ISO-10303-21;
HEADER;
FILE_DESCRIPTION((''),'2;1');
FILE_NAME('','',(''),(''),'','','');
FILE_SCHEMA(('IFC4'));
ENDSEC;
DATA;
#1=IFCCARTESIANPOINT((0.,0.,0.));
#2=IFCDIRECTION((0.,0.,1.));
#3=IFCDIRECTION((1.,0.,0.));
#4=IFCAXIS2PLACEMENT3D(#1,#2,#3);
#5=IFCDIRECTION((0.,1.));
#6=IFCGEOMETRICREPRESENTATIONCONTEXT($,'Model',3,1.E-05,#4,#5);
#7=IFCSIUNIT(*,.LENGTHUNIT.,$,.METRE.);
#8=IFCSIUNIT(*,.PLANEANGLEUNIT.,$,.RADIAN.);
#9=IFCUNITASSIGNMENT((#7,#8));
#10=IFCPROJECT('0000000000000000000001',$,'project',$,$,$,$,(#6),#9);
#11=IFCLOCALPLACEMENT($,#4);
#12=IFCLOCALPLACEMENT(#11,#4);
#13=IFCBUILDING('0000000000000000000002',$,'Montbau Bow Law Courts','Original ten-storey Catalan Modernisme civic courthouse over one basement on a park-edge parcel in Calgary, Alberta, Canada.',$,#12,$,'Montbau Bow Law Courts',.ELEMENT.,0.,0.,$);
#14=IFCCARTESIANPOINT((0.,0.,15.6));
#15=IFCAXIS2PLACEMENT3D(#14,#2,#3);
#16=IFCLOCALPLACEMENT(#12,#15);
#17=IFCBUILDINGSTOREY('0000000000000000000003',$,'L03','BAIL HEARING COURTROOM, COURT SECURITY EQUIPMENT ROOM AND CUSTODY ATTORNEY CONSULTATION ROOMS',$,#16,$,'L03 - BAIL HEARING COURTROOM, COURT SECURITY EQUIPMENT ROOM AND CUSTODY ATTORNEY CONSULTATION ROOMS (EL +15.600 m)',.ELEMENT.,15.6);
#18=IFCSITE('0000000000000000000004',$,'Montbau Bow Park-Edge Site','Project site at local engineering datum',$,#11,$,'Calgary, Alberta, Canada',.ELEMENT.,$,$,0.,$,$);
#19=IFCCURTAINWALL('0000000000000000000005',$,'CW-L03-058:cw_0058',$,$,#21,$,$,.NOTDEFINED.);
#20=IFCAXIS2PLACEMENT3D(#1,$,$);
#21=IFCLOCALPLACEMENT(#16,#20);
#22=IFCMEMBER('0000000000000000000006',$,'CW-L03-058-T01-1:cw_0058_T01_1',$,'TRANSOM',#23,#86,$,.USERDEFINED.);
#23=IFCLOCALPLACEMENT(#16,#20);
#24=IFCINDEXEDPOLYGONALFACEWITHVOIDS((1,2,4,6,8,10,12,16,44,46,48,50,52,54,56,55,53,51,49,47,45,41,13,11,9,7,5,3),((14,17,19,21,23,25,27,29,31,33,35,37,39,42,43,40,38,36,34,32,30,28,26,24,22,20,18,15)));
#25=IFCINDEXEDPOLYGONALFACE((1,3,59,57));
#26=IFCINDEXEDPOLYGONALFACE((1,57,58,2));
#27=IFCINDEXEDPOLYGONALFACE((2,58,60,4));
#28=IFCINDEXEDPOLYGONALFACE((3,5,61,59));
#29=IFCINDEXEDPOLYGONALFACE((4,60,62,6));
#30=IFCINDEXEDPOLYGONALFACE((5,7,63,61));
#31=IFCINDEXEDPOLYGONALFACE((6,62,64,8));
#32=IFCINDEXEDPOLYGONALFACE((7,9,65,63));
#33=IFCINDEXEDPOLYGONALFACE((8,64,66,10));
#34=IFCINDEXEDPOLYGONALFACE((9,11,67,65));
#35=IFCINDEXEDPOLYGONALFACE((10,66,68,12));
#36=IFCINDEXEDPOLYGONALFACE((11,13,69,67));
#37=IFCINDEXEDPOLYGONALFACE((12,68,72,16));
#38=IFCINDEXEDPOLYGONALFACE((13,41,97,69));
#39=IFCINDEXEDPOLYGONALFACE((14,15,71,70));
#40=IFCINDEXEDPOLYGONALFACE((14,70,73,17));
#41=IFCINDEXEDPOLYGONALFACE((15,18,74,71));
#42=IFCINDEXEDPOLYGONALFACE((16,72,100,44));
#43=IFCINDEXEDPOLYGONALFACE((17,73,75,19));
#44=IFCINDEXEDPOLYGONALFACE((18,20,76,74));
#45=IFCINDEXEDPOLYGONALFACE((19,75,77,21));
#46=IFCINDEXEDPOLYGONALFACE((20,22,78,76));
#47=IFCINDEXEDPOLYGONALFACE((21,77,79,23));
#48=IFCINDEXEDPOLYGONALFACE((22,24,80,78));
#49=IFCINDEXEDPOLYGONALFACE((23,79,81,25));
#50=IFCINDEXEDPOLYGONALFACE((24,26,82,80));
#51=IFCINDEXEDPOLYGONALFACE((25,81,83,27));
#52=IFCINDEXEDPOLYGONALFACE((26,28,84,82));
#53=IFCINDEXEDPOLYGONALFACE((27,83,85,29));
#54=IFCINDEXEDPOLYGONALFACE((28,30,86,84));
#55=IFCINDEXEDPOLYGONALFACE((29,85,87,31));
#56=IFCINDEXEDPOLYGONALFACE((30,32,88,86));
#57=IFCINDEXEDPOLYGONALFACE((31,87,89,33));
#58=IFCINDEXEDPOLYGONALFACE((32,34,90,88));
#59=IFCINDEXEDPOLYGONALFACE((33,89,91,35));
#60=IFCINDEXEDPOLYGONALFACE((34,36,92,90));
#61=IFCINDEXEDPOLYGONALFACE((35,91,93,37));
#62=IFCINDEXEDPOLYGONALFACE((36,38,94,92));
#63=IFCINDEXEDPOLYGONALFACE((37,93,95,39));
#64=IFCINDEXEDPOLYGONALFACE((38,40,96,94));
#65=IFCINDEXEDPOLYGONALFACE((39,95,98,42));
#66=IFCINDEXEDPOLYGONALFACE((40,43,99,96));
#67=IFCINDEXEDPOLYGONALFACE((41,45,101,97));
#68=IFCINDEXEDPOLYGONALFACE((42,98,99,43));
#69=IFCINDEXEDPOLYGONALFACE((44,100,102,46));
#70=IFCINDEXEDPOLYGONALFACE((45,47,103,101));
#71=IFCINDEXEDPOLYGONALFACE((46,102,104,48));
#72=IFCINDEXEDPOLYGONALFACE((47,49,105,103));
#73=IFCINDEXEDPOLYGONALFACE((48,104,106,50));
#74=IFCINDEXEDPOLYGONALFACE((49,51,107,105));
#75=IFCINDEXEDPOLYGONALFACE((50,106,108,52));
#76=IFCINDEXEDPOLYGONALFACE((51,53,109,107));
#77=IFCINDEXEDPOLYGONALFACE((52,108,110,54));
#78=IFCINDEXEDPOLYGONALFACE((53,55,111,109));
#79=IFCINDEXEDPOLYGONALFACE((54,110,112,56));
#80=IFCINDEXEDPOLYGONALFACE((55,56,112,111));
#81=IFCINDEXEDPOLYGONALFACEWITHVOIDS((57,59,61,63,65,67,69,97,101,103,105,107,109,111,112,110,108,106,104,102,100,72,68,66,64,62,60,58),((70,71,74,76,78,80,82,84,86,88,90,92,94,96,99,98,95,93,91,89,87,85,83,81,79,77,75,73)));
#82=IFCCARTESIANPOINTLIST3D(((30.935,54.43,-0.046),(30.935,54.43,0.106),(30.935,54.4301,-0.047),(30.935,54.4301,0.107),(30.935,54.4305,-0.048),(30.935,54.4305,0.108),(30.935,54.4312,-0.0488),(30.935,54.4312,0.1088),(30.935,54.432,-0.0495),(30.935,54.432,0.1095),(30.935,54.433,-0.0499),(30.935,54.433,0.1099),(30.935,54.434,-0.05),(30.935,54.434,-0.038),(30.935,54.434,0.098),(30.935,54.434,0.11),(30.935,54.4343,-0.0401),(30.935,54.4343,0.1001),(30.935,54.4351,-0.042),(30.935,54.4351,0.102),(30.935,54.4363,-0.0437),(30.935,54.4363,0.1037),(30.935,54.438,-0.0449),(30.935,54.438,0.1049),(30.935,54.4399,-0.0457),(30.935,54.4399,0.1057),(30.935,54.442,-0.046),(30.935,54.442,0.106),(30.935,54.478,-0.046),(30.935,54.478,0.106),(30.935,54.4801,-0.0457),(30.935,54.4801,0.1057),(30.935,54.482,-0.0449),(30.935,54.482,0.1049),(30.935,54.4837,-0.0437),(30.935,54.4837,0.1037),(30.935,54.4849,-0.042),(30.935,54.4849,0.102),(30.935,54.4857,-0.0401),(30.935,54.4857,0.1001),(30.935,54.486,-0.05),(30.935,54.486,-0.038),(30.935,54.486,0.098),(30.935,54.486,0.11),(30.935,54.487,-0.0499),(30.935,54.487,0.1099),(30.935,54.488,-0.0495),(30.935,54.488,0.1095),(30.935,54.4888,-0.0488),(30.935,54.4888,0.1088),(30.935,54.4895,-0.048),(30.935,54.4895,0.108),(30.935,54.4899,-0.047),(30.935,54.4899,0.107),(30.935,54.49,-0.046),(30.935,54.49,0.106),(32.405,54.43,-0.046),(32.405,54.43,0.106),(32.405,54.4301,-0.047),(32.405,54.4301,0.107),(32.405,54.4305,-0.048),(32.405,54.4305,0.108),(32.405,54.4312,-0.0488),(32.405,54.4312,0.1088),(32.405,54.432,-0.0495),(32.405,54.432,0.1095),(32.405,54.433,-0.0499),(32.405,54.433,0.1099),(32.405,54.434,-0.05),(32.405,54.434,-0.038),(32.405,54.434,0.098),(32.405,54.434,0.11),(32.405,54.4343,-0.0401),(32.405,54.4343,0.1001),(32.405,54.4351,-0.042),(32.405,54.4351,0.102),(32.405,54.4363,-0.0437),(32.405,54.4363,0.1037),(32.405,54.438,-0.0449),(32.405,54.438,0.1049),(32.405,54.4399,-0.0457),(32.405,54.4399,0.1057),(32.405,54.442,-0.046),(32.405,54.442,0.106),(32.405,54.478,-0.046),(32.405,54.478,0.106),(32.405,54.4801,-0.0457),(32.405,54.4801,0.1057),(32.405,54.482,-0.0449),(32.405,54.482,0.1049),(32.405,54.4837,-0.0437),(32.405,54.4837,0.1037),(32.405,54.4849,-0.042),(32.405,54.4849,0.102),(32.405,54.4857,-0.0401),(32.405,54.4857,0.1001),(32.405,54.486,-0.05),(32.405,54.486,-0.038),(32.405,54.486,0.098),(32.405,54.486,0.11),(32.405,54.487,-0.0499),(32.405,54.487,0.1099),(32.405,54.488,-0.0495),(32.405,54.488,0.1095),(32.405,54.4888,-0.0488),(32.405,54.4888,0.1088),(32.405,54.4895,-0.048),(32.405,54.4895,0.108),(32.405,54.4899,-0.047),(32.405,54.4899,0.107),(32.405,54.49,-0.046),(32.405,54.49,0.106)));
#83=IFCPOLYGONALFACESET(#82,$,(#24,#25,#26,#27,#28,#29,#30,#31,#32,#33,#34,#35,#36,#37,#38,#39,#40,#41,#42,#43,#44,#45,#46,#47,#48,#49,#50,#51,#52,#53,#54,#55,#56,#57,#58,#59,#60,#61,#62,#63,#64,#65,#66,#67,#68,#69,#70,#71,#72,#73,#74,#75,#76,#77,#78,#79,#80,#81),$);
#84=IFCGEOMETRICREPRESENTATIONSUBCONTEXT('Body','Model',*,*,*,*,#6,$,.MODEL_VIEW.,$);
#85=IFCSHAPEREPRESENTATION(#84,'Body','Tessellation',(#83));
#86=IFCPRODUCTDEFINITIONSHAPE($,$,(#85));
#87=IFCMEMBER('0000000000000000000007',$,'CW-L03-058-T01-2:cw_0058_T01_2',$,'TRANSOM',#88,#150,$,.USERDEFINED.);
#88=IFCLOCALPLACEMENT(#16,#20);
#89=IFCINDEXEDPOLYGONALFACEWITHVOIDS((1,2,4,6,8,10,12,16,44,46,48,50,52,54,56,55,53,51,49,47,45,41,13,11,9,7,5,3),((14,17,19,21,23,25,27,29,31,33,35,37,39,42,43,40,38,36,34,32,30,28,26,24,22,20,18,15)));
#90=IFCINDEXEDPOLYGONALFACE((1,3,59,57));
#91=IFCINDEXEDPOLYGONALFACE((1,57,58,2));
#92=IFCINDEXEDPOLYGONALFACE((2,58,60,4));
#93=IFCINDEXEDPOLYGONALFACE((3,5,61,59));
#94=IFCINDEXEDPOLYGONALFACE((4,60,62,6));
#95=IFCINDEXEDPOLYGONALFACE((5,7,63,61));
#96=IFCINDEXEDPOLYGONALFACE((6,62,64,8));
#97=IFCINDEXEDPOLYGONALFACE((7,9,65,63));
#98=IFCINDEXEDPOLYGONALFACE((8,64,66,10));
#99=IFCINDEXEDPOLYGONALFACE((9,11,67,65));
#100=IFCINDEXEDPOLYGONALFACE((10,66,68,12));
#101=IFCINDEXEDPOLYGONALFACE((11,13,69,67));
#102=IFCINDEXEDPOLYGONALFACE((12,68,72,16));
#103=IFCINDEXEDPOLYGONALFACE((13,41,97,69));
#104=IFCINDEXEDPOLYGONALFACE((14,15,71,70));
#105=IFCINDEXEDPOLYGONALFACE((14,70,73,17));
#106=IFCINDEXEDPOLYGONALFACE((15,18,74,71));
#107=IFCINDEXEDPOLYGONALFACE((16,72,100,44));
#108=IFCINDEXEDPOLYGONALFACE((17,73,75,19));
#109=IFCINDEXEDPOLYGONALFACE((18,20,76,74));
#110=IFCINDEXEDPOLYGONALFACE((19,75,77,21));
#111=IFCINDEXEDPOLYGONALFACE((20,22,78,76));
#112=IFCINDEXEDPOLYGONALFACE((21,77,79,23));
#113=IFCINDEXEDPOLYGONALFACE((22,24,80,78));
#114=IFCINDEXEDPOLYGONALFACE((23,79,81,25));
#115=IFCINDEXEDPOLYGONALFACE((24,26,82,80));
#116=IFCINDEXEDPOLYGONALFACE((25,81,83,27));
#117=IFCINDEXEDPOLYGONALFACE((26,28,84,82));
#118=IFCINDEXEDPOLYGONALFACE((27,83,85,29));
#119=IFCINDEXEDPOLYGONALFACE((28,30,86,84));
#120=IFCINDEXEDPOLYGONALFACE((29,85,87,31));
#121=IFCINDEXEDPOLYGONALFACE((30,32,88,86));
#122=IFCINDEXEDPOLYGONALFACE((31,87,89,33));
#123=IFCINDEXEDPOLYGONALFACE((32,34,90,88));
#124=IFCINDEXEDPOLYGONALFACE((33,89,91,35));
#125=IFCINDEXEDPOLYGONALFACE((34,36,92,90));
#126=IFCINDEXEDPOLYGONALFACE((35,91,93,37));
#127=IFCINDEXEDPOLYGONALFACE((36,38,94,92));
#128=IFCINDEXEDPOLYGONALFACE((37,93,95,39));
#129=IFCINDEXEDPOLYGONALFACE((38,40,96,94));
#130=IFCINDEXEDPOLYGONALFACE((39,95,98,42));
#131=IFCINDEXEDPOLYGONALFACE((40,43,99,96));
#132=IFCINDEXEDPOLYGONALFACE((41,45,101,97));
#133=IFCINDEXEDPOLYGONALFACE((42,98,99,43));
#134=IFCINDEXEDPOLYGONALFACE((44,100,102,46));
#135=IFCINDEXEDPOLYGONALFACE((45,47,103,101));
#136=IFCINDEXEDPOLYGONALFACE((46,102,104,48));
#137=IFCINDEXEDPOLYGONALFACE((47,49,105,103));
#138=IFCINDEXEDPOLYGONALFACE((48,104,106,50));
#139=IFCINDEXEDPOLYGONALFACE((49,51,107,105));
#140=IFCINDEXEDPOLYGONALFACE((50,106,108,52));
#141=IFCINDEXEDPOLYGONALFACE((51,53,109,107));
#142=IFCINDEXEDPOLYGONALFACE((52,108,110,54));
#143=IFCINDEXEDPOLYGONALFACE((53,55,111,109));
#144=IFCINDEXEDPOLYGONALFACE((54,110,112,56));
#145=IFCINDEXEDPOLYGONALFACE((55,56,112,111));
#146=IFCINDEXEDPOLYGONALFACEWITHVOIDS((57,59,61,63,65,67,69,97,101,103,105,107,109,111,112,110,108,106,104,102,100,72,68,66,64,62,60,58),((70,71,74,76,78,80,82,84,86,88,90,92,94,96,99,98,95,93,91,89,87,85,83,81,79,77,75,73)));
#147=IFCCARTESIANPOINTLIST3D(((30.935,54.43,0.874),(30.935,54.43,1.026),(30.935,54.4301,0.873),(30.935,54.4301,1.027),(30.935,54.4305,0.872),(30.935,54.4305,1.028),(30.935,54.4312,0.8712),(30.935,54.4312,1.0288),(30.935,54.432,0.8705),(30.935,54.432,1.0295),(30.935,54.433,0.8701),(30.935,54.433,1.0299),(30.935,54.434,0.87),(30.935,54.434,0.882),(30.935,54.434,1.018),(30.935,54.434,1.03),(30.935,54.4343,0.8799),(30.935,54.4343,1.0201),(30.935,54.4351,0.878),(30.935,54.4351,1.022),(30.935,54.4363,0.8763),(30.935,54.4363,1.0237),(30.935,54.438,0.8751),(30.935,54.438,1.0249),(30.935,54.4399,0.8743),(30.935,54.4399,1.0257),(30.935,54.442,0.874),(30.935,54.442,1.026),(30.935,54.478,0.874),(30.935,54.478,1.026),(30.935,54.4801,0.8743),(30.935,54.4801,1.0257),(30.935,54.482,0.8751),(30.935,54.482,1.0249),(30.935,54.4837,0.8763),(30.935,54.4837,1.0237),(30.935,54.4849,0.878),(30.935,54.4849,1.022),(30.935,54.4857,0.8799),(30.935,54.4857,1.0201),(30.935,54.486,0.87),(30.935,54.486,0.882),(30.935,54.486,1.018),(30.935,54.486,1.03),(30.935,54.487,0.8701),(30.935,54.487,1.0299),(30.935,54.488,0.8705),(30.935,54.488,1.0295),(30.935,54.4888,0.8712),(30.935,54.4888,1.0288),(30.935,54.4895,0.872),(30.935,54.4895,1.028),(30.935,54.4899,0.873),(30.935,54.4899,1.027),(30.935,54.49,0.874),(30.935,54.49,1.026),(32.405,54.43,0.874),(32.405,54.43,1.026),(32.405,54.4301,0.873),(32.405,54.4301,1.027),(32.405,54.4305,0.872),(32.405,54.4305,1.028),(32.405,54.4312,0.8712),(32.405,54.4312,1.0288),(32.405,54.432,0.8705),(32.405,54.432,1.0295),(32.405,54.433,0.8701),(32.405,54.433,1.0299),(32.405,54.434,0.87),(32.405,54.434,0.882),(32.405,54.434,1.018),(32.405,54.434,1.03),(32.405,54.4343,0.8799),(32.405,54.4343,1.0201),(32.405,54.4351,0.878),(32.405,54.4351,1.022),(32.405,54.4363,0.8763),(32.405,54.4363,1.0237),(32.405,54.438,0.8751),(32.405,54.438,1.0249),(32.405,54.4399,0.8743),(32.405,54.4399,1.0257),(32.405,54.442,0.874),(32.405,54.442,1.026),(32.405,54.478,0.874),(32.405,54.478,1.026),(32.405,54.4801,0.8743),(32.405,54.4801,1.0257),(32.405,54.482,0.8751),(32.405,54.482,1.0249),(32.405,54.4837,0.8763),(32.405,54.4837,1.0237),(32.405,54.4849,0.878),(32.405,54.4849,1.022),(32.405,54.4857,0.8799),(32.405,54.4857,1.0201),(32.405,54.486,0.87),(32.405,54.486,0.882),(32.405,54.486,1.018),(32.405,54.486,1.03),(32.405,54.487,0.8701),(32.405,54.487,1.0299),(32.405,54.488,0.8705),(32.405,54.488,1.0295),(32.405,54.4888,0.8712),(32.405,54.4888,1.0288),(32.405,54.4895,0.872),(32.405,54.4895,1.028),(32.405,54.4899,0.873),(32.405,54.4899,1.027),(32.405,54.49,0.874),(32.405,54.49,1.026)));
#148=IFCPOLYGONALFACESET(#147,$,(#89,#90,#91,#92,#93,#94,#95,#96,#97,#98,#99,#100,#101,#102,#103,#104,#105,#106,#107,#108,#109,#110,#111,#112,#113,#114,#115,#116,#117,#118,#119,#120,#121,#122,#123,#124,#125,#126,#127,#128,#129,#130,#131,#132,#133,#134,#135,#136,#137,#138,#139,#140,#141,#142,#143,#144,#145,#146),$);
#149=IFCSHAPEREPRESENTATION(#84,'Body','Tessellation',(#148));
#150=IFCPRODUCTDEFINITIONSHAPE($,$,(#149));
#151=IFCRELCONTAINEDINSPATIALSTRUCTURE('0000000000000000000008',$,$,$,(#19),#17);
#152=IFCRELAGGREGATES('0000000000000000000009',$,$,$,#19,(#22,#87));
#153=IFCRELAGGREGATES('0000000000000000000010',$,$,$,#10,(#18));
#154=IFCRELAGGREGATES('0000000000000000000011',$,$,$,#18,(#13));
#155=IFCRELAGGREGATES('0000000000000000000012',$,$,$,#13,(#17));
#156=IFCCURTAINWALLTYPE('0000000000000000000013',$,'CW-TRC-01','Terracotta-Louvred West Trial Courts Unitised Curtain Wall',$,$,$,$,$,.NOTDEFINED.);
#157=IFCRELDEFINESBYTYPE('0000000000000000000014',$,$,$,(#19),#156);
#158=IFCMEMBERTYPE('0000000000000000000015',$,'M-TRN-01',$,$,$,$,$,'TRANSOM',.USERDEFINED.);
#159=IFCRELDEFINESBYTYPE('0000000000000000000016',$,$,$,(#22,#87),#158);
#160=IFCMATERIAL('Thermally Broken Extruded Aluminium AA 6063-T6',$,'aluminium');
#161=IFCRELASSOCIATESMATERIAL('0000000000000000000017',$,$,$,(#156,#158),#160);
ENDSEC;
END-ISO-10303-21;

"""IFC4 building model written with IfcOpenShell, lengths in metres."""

from ifc_helpers import new_model, si_unit, direction, frame, origin_with_axes, origin_2d_with_axis, place, context, subcontext, project, spatial, hollow_rectangle, extrude, material, material_profile, profile_set, type_object, element, aggregate, save


model = new_model("IFC4")

# Units and contexts
model_context = context("Model", 3, precision=1e-05, world=origin_with_axes(), true_north=direction((0.0, 1.0)))
body_context = subcontext(model_context, "Body", "Model", "MODEL_VIEW")
ifc_project = project(units=[si_unit("LENGTHUNIT", "METRE"), si_unit("PLANEANGLEUNIT", "RADIAN")], contexts=[model_context])

# Site, building, storey
site_placement = place(None, origin_with_axes())
site = spatial("IfcSite", under=ifc_project, at=site_placement, Name="Montbau Bow Park-Edge Site", Description="Project site at local engineering datum", LongName="Calgary, Alberta, Canada", CompositionType="ELEMENT", RefElevation=0.0)
building_placement = place(site_placement, origin_with_axes())
building = spatial("IfcBuilding", under=site, at=building_placement, Name="Montbau Bow Law Courts", Description="Original ten-storey Catalan Modernisme civic courthouse over one basement on a park-edge parcel in Calgary, Alberta, Canada.", LongName="Montbau Bow Law Courts", CompositionType="ELEMENT", ElevationOfRefHeight=0.0, ElevationOfTerrain=0.0)
storey_placement = place(building_placement, frame((0.0, 0.0, 15.6), z_axis=(0.0, 0.0, 1.0), x_axis=(1.0, 0.0, 0.0)))
storey = spatial("IfcBuildingStorey", under=building, at=storey_placement, Name="L03", Description="BAIL HEARING COURTROOM, COURT SECURITY EQUIPMENT ROOM AND CUSTODY ATTORNEY CONSULTATION ROOMS", LongName="L03 - BAIL HEARING COURTROOM, COURT SECURITY EQUIPMENT ROOM AND CUSTODY ATTORNEY CONSULTATION ROOMS (EL +15.600 m)", CompositionType="ELEMENT", Elevation=15.6)

# Curtain wall, members
ifc_material_1 = material(Name="Thermally Broken Extruded Aluminium AA 6063-T6", Category="aluminium")
curtain_wall_type = type_object("IfcCurtainWallType", Name="CW-TRC-01", Description="Terracotta-Louvred West Trial Courts Unitised Curtain Wall", PredefinedType="NOTDEFINED", material=ifc_material_1)
curtain_wall_placement = place(None, frame((30.867, 54.46, 15.6), z_axis=(0.0, 0.0, 1.0), x_axis=(1.0, 0.0, 0.0)))
curtain_wall = element("IfcCurtainWall", 1, at=curtain_wall_placement, inside=storey, type_object=curtain_wall_type, Name="CW-L03-058:cw_0058", PredefinedType="NOTDEFINED")
ifc_material_profile_1 = material_profile(ifc_material_1, hollow_rectangle(XDim=0.06, YDim=0.16, WallThickness=0.004, InnerFilletRadius=0.008, OuterFilletRadius=0.004, at=origin_2d_with_axis()), Name="CWT-160X60", Category="Main", Priority=0)
ifc_profile_set_1 = profile_set([ifc_material_profile_1], Name="Thermally Broken Extruded Aluminium AA 6063-T6")
member_type_1 = type_object("IfcMemberType", Name="M-TRN-01", ElementType="TRANSOM", PredefinedType="USERDEFINED", material=ifc_profile_set_1)
member_1_placement = place(None, frame((30.935, 54.46, 15.63), z_axis=(1.0, 0.0, 0.0), x_axis=(0.0, 1.0, 0.0)))
member_1 = element("IfcMember", 2, at=member_1_placement, type_object=member_type_1, Name="CW-L03-058-T01-1:cw_0058_T01_1", ObjectType="TRANSOM", PredefinedType="USERDEFINED", context=body_context, shape_type="SweptSolid", body=[
    extrude(hollow_rectangle(XDim=0.06, YDim=0.16, WallThickness=0.004, InnerFilletRadius=0.008, OuterFilletRadius=0.004, at=origin_2d_with_axis()), origin_with_axes(), (0.0, 0.0, 1.0), 1.47),
])
member_2_placement = place(None, frame((30.935, 54.46, 16.55), z_axis=(1.0, 0.0, 0.0), x_axis=(0.0, 1.0, 0.0)))
member_2 = element("IfcMember", 3, at=member_2_placement, type_object=member_type_1, Name="CW-L03-058-T01-2:cw_0058_T01_2", ObjectType="TRANSOM", PredefinedType="USERDEFINED", context=body_context, shape_type="SweptSolid", body=[
    extrude(hollow_rectangle(XDim=0.06, YDim=0.16, WallThickness=0.004, InnerFilletRadius=0.008, OuterFilletRadius=0.004, at=origin_2d_with_axis()), origin_with_axes(), (0.0, 0.0, 1.0), 1.47),
])
aggregate(curtain_wall, [member_1, member_2])

save(model, "model.ifc")
